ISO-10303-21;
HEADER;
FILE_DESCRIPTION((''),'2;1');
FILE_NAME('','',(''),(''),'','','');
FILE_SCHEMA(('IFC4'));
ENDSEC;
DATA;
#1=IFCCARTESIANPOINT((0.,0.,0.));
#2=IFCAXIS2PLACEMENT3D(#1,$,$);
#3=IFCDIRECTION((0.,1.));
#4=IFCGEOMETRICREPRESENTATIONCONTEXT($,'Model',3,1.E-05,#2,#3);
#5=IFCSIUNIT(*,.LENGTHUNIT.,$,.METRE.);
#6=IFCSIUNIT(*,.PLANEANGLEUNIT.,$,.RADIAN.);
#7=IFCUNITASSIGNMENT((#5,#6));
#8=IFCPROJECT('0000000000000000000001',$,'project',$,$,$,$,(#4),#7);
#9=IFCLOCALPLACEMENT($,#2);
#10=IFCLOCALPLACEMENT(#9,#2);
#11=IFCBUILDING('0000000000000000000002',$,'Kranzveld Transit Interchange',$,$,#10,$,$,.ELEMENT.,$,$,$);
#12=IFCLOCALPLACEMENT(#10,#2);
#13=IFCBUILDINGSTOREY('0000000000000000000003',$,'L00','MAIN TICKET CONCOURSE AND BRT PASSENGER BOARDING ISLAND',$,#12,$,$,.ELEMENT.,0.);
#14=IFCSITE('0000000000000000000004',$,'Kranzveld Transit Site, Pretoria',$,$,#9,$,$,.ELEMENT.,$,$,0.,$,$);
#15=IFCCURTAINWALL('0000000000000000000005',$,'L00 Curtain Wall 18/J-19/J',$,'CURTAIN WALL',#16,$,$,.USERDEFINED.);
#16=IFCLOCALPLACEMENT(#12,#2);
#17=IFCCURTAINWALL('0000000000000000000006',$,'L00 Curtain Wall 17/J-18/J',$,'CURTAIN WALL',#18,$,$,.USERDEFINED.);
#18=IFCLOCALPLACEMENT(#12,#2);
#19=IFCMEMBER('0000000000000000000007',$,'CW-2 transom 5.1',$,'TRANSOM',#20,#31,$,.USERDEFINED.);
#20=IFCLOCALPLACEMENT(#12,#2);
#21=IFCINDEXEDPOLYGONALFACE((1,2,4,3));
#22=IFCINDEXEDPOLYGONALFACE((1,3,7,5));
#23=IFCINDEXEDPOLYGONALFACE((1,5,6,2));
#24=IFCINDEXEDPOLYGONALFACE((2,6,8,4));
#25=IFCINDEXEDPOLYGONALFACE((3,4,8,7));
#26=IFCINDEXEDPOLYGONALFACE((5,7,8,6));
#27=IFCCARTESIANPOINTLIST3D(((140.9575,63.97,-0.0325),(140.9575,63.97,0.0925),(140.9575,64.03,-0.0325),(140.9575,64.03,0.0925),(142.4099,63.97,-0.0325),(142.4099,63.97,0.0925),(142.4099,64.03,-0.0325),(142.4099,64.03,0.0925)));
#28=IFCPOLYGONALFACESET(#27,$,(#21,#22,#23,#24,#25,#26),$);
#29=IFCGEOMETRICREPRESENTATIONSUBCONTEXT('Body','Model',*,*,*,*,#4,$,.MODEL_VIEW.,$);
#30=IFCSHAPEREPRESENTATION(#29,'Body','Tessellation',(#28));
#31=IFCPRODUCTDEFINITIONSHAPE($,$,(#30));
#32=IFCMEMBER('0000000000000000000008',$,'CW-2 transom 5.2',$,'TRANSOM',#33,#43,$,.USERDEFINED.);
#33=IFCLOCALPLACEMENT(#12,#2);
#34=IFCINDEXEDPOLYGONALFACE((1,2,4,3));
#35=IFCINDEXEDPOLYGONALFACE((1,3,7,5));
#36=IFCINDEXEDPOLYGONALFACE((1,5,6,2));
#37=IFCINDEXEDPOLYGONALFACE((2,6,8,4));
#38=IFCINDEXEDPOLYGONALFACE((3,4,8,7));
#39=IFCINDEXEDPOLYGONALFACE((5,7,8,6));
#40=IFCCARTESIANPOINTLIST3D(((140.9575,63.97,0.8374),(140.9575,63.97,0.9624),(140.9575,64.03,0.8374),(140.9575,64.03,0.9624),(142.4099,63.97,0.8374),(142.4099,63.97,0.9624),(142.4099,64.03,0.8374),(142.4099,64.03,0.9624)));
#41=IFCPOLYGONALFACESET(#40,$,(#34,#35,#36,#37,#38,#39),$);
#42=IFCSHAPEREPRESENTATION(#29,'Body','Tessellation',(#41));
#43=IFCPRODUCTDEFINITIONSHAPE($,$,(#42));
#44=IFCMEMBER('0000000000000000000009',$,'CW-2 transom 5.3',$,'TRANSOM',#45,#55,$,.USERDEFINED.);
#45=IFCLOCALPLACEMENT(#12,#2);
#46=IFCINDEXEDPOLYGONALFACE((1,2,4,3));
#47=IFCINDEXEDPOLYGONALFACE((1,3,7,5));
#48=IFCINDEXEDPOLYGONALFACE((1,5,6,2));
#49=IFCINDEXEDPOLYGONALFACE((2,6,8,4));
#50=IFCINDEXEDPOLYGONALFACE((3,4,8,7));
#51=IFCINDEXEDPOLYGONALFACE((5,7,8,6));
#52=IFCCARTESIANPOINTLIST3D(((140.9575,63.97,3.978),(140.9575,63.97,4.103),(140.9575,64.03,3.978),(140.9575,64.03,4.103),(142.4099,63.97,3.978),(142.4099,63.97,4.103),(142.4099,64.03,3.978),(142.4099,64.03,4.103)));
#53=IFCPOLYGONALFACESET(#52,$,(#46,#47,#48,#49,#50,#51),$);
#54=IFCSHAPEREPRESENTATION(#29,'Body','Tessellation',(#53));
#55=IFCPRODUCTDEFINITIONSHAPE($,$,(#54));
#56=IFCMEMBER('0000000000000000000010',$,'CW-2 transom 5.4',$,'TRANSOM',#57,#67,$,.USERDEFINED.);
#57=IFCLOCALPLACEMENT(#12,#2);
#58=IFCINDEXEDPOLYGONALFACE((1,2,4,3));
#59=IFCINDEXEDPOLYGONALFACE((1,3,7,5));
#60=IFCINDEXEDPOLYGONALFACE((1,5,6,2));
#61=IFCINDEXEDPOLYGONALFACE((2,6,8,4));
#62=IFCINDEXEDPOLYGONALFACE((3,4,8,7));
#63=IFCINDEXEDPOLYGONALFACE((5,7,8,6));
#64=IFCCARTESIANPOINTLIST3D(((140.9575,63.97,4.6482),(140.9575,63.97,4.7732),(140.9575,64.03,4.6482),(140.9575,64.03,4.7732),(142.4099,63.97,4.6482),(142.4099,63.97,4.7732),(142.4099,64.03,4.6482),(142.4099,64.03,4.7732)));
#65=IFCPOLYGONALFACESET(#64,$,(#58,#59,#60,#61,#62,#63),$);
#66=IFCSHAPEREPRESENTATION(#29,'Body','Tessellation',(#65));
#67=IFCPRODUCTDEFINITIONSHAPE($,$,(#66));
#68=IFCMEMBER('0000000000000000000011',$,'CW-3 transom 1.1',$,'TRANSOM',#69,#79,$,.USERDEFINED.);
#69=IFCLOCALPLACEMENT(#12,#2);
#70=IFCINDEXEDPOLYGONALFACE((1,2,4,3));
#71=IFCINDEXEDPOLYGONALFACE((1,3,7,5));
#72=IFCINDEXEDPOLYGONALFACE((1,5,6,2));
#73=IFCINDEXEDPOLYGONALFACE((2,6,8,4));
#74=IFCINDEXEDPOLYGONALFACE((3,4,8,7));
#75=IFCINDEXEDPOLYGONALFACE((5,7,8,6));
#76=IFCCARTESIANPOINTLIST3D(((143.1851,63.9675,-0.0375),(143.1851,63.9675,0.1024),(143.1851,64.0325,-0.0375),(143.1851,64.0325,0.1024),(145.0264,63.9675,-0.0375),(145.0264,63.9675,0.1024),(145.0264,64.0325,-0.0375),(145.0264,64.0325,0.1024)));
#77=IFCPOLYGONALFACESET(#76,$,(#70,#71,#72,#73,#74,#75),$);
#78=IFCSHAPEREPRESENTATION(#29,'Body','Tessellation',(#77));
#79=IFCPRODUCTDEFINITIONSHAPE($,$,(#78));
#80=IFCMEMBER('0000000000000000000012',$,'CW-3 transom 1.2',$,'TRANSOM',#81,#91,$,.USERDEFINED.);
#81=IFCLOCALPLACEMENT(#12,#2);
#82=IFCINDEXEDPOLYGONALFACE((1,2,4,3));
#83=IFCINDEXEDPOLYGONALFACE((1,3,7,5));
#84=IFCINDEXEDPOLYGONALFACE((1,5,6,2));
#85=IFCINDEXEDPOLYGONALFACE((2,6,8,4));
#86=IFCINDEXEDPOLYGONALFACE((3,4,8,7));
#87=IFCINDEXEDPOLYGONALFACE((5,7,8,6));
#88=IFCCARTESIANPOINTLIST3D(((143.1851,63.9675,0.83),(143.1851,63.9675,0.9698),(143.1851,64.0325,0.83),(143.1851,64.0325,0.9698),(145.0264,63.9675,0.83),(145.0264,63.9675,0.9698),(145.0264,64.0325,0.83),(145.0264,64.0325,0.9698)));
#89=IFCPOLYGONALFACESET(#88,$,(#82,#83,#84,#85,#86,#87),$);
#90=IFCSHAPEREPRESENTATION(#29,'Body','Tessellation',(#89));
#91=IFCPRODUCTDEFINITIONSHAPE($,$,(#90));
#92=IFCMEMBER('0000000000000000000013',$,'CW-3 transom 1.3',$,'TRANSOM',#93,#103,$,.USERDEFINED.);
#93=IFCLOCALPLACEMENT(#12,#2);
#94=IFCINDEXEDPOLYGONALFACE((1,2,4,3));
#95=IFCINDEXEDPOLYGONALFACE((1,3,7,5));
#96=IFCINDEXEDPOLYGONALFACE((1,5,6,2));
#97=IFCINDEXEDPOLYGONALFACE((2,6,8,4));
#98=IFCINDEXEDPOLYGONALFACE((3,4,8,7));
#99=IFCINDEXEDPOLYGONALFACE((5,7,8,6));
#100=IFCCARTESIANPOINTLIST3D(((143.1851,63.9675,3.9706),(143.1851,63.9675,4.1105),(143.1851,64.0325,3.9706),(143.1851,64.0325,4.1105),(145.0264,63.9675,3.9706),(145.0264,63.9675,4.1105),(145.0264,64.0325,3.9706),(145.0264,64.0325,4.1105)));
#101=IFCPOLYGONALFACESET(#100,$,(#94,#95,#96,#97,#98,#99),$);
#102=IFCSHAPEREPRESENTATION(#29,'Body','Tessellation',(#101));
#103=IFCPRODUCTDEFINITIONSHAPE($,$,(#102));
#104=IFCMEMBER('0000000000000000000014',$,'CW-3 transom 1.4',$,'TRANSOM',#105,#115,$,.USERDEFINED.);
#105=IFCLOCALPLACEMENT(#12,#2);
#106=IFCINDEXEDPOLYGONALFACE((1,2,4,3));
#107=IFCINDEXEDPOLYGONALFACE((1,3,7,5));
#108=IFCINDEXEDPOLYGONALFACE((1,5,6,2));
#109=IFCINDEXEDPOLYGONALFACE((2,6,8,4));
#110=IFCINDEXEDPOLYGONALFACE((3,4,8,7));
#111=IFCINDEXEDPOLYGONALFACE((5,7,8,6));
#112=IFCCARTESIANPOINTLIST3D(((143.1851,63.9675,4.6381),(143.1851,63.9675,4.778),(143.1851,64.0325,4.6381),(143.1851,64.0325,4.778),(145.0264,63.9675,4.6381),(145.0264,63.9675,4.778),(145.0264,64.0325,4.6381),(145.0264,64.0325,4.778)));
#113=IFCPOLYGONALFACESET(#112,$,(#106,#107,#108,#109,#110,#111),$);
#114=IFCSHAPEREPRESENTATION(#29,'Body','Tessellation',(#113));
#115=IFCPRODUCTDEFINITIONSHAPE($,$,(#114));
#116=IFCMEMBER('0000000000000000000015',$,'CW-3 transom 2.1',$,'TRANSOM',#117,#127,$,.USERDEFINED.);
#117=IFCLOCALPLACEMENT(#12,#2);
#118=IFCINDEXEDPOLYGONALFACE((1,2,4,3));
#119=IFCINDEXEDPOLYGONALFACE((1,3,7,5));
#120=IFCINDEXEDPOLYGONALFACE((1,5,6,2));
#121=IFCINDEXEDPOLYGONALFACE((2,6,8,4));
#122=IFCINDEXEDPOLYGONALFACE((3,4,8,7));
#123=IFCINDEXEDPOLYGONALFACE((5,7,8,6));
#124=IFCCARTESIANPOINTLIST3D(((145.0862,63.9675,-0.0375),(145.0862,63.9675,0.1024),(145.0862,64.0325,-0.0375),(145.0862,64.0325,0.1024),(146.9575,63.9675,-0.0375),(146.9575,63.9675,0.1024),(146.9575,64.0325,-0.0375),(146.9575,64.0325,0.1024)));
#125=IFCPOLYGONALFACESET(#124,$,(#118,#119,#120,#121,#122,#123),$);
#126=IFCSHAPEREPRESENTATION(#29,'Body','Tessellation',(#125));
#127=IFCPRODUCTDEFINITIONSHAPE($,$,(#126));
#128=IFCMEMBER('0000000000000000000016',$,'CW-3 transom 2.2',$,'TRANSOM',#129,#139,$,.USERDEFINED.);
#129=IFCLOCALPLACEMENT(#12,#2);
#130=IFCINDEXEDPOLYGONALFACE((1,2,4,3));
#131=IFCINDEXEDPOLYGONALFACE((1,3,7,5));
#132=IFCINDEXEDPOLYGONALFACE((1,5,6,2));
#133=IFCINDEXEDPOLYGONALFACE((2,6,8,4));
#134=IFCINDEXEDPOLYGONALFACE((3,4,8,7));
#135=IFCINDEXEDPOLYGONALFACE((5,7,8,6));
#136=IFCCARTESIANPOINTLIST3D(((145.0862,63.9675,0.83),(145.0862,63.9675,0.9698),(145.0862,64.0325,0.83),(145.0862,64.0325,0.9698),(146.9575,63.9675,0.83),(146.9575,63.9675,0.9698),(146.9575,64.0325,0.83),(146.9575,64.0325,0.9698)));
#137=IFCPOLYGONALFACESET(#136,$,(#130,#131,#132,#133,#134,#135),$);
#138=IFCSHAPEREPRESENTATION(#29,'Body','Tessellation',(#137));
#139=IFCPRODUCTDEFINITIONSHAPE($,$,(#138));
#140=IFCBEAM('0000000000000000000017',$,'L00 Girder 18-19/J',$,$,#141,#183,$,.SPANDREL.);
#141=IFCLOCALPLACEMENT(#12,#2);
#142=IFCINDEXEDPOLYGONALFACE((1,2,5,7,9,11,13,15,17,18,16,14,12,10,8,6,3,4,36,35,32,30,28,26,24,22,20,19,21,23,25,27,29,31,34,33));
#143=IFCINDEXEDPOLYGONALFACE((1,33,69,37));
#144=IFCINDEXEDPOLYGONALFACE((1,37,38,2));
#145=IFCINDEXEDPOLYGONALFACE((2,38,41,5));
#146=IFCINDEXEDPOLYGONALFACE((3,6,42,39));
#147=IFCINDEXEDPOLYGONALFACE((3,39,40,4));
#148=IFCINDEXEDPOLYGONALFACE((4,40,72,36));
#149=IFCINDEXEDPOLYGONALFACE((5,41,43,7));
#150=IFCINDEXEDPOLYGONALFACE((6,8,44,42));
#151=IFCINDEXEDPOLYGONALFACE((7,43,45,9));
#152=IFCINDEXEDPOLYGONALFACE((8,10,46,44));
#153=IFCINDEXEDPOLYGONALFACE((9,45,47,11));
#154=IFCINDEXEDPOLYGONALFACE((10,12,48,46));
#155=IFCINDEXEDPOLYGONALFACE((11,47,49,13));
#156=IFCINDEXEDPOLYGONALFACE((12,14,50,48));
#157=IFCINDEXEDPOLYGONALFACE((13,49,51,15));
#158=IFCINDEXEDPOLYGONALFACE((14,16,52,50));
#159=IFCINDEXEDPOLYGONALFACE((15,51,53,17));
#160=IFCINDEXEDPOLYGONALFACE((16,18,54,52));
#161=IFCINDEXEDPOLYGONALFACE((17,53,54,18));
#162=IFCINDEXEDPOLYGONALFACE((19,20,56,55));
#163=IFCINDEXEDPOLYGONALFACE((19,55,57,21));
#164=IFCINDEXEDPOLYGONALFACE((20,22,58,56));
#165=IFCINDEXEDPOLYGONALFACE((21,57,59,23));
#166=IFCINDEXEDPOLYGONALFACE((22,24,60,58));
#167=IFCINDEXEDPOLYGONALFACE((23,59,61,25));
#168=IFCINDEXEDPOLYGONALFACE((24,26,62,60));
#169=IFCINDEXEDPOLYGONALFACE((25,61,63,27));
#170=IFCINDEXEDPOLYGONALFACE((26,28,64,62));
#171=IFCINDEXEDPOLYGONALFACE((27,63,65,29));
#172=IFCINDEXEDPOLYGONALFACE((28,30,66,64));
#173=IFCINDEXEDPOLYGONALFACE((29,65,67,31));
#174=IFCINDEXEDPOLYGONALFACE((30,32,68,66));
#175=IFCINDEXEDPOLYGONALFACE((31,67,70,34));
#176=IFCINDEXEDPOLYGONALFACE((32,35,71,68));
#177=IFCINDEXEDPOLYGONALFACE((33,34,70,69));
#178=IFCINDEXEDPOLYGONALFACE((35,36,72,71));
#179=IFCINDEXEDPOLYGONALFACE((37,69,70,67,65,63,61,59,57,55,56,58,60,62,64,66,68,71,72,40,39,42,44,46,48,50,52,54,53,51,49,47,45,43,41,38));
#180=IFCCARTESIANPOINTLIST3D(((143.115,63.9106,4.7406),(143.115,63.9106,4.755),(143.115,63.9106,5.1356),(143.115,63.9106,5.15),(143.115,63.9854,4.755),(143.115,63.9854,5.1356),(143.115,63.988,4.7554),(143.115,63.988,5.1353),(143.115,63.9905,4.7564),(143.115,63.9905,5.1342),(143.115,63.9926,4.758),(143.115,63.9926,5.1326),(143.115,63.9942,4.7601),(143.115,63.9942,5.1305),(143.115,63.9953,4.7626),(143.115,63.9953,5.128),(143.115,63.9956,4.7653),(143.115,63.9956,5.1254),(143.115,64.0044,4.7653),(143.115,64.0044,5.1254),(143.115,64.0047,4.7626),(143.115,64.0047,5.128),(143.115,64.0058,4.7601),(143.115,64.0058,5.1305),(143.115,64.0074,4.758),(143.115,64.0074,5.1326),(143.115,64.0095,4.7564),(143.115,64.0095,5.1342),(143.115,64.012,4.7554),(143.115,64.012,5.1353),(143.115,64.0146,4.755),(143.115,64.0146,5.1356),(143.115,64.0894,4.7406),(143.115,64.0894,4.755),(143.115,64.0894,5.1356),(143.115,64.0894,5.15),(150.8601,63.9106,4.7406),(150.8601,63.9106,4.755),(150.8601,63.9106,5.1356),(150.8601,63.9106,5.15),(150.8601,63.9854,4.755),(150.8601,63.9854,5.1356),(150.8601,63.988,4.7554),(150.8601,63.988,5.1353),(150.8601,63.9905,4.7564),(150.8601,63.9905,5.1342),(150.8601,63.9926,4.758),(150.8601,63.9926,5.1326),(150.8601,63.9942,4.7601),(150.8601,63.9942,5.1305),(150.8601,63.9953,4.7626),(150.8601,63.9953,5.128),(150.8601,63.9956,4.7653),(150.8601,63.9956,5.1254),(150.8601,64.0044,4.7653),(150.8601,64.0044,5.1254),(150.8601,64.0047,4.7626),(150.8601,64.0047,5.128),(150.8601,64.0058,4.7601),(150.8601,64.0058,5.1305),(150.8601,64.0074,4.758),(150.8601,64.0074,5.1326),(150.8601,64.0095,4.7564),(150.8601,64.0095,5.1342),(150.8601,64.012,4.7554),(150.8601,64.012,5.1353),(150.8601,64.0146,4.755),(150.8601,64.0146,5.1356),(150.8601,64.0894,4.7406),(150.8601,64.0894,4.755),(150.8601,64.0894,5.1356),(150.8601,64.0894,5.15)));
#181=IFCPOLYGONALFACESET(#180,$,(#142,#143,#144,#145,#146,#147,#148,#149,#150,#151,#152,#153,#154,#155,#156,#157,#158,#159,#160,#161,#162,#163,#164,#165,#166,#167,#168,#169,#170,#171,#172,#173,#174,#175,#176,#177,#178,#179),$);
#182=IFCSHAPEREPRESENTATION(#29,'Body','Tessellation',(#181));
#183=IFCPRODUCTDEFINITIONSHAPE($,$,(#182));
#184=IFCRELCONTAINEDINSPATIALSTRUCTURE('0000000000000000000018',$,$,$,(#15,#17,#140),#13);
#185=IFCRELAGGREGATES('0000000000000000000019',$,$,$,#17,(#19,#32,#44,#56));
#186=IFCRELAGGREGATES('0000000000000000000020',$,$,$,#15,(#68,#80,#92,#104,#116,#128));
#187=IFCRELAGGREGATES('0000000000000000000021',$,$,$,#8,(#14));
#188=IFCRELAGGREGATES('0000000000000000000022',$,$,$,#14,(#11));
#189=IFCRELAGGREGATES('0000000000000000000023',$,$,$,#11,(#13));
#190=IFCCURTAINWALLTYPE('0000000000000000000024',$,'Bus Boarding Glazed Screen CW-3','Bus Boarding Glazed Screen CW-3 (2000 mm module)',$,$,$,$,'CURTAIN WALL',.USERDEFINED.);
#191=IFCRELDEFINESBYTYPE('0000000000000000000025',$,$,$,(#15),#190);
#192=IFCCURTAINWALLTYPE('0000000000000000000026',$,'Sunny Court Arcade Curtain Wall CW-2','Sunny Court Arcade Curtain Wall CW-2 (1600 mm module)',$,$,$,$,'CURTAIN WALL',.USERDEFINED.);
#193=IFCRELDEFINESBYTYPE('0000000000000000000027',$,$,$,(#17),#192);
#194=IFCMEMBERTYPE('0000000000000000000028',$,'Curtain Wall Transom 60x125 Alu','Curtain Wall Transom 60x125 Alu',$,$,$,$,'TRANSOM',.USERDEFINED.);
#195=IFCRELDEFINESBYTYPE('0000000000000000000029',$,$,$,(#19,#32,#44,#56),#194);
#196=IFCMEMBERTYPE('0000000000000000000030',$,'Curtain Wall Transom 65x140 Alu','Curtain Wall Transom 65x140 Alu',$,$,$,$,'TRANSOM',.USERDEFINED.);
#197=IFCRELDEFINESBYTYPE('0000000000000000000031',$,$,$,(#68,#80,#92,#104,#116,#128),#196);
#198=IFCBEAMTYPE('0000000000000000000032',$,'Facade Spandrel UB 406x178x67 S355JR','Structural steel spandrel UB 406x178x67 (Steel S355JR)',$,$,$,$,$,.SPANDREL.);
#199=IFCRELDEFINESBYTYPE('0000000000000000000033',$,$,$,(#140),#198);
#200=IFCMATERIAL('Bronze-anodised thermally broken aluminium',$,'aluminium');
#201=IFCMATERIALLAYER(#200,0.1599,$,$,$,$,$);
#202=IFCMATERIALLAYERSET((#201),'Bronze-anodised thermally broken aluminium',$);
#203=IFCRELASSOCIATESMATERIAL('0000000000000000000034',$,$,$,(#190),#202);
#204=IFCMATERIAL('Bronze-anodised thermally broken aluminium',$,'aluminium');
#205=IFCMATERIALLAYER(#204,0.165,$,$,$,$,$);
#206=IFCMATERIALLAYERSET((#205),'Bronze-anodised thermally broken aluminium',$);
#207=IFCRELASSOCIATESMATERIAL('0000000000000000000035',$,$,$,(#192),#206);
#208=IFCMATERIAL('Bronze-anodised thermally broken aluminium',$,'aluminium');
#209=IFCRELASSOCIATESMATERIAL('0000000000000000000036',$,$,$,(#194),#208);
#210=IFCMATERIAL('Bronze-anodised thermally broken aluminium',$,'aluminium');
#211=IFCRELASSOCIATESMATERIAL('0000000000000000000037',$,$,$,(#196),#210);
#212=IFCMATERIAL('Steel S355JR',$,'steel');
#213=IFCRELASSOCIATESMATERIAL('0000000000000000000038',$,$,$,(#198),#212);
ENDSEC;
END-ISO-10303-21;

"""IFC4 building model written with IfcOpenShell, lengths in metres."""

from ifc_helpers import new_model, si_unit, direction, frame, origin, origin_2d, place, context, subcontext, project, spatial, rectangle, i_section, extrude, material, layer, layer_set, material_profile, profile_set, type_object, element, aggregate, save


model = new_model("IFC4")

# Units and contexts
model_context = context("Model", 3, precision=1e-05, world=origin(), true_north=direction((0.0, 1.0)))
body_context = subcontext(model_context, "Body", "Model", "MODEL_VIEW")
ifc_project = project(units=[si_unit("LENGTHUNIT", "METRE"), si_unit("PLANEANGLEUNIT", "RADIAN")], contexts=[model_context])

# Site, building, storey
site_placement = place(None, origin())
site = spatial("IfcSite", under=ifc_project, at=site_placement, Name="Kranzveld Transit Site, Pretoria", CompositionType="ELEMENT", RefElevation=0.0)
building_placement = place(site_placement, origin())
building = spatial("IfcBuilding", under=site, at=building_placement, Name="Kranzveld Transit Interchange", CompositionType="ELEMENT")
storey_placement = place(building_placement, origin())
storey = spatial("IfcBuildingStorey", under=building, at=storey_placement, Name="L00", Description="MAIN TICKET CONCOURSE AND BRT PASSENGER BOARDING ISLAND", CompositionType="ELEMENT", Elevation=0.0)

# Curtain walls, members
ifc_material_1 = material(Name="Bronze-anodised thermally broken aluminium", Category="aluminium")
ifc_layer_1 = layer(ifc_material_1, 0.1599)
ifc_layer_set_1 = layer_set([ifc_layer_1], Name="Bronze-anodised thermally broken aluminium")
curtain_wall_type_1 = type_object("IfcCurtainWallType", Name="Bus Boarding Glazed Screen CW-3", Description="Bus Boarding Glazed Screen CW-3 (2000 mm module)", ElementType="CURTAIN WALL", PredefinedType="USERDEFINED", material=ifc_layer_set_1)
curtain_wall_1_placement = place(storey_placement, origin())
curtain_wall_1 = element("IfcCurtainWall", 1, at=curtain_wall_1_placement, inside=storey, type_object=curtain_wall_type_1, Name="L00 Curtain Wall 18/J-19/J", ObjectType="CURTAIN WALL", PredefinedType="USERDEFINED")
ifc_material_2 = material(Name="Bronze-anodised thermally broken aluminium", Category="aluminium")
ifc_layer_2 = layer(ifc_material_2, 0.165)
ifc_layer_set_2 = layer_set([ifc_layer_2], Name="Bronze-anodised thermally broken aluminium")
curtain_wall_type_2 = type_object("IfcCurtainWallType", Name="Sunny Court Arcade Curtain Wall CW-2", Description="Sunny Court Arcade Curtain Wall CW-2 (1600 mm module)", ElementType="CURTAIN WALL", PredefinedType="USERDEFINED", material=ifc_layer_set_2)
curtain_wall_2_placement = place(storey_placement, origin())
curtain_wall_2 = element("IfcCurtainWall", 2, at=curtain_wall_2_placement, inside=storey, type_object=curtain_wall_type_2, Name="L00 Curtain Wall 17/J-18/J", ObjectType="CURTAIN WALL", PredefinedType="USERDEFINED")
ifc_material_3 = material(Name="Bronze-anodised thermally broken aluminium", Category="aluminium")
ifc_material_profile_1 = material_profile(ifc_material_3, rectangle(XDim=0.0601, YDim=0.125, at=origin_2d()), Name="ALU TRANSOM 60x125")
ifc_profile_set_1 = profile_set([ifc_material_profile_1], Name="Bronze-anodised thermally broken aluminium")
member_type_1 = type_object("IfcMemberType", Name="Curtain Wall Transom 60x125 Alu", Description="Curtain Wall Transom 60x125 Alu", ElementType="TRANSOM", PredefinedType="USERDEFINED", material=ifc_profile_set_1)
member_1_placement = place(storey_placement, frame((140.9575, 64.0, 0.03), z_axis=(1.0, 0.0, 0.0), x_axis=(0.0, 1.0, 0.0)))
member_1 = element("IfcMember", 3, at=member_1_placement, type_object=member_type_1, Name="CW-2 transom 5.1", ObjectType="TRANSOM", PredefinedType="USERDEFINED", context=body_context, shape_type="SweptSolid", body=[
    extrude(rectangle(XDim=0.0601, YDim=0.125, at=origin_2d()), origin(), (0.0, 0.0, 1.0), 1.4524),
])
member_2_placement = place(storey_placement, frame((140.9575, 64.0, 0.8999), z_axis=(1.0, 0.0, 0.0), x_axis=(0.0, 1.0, 0.0)))
member_2 = element("IfcMember", 4, at=member_2_placement, type_object=member_type_1, Name="CW-2 transom 5.2", ObjectType="TRANSOM", PredefinedType="USERDEFINED", context=body_context, shape_type="SweptSolid", body=[
    extrude(rectangle(XDim=0.0601, YDim=0.125, at=origin_2d()), origin(), (0.0, 0.0, 1.0), 1.4524),
])
member_3_placement = place(storey_placement, frame((140.9575, 64.0, 4.0405), z_axis=(1.0, 0.0, 0.0), x_axis=(0.0, 1.0, 0.0)))
member_3 = element("IfcMember", 5, at=member_3_placement, type_object=member_type_1, Name="CW-2 transom 5.3", ObjectType="TRANSOM", PredefinedType="USERDEFINED", context=body_context, shape_type="SweptSolid", body=[
    extrude(rectangle(XDim=0.0601, YDim=0.125, at=origin_2d()), origin(), (0.0, 0.0, 1.0), 1.4524),
])
member_4_placement = place(storey_placement, frame((140.9575, 64.0, 4.7107), z_axis=(1.0, 0.0, 0.0), x_axis=(0.0, 1.0, 0.0)))
member_4 = element("IfcMember", 6, at=member_4_placement, type_object=member_type_1, Name="CW-2 transom 5.4", ObjectType="TRANSOM", PredefinedType="USERDEFINED", context=body_context, shape_type="SweptSolid", body=[
    extrude(rectangle(XDim=0.0601, YDim=0.125, at=origin_2d()), origin(), (0.0, 0.0, 1.0), 1.4524),
])

# Members
ifc_material_4 = material(Name="Bronze-anodised thermally broken aluminium", Category="aluminium")
ifc_material_profile_2 = material_profile(ifc_material_4, rectangle(XDim=0.0649, YDim=0.1399, at=origin_2d()), Name="ALU TRANSOM 65x140")
ifc_profile_set_2 = profile_set([ifc_material_profile_2], Name="Bronze-anodised thermally broken aluminium")
member_type_2 = type_object("IfcMemberType", Name="Curtain Wall Transom 65x140 Alu", Description="Curtain Wall Transom 65x140 Alu", ElementType="TRANSOM", PredefinedType="USERDEFINED", material=ifc_profile_set_2)
member_5_placement = place(storey_placement, frame((143.1851, 64.0, 0.0325), z_axis=(1.0, 0.0, 0.0), x_axis=(0.0, 1.0, 0.0)))
member_5 = element("IfcMember", 7, at=member_5_placement, type_object=member_type_2, Name="CW-3 transom 1.1", ObjectType="TRANSOM", PredefinedType="USERDEFINED", context=body_context, shape_type="SweptSolid", body=[
    extrude(rectangle(XDim=0.0649, YDim=0.1399, at=origin_2d()), origin(), (0.0, 0.0, 1.0), 1.8413),
])
member_6_placement = place(storey_placement, frame((143.1851, 64.0, 0.8999), z_axis=(1.0, 0.0, 0.0), x_axis=(0.0, 1.0, 0.0)))
member_6 = element("IfcMember", 8, at=member_6_placement, type_object=member_type_2, Name="CW-3 transom 1.2", ObjectType="TRANSOM", PredefinedType="USERDEFINED", context=body_context, shape_type="SweptSolid", body=[
    extrude(rectangle(XDim=0.0649, YDim=0.1399, at=origin_2d()), origin(), (0.0, 0.0, 1.0), 1.8413),
])
member_7_placement = place(storey_placement, frame((143.1851, 64.0, 4.0405), z_axis=(1.0, 0.0, 0.0), x_axis=(0.0, 1.0, 0.0)))
member_7 = element("IfcMember", 9, at=member_7_placement, type_object=member_type_2, Name="CW-3 transom 1.3", ObjectType="TRANSOM", PredefinedType="USERDEFINED", context=body_context, shape_type="SweptSolid", body=[
    extrude(rectangle(XDim=0.0649, YDim=0.1399, at=origin_2d()), origin(), (0.0, 0.0, 1.0), 1.8413),
])
member_8_placement = place(storey_placement, frame((143.1851, 64.0, 4.708), z_axis=(1.0, 0.0, 0.0), x_axis=(0.0, 1.0, 0.0)))
member_8 = element("IfcMember", 10, at=member_8_placement, type_object=member_type_2, Name="CW-3 transom 1.4", ObjectType="TRANSOM", PredefinedType="USERDEFINED", context=body_context, shape_type="SweptSolid", body=[
    extrude(rectangle(XDim=0.0649, YDim=0.1399, at=origin_2d()), origin(), (0.0, 0.0, 1.0), 1.8413),
])
member_9_placement = place(storey_placement, frame((145.0862, 64.0, 0.0325), z_axis=(1.0, 0.0, 0.0), x_axis=(0.0, 1.0, 0.0)))
member_9 = element("IfcMember", 11, at=member_9_placement, type_object=member_type_2, Name="CW-3 transom 2.1", ObjectType="TRANSOM", PredefinedType="USERDEFINED", context=body_context, shape_type="SweptSolid", body=[
    extrude(rectangle(XDim=0.0649, YDim=0.1399, at=origin_2d()), origin(), (0.0, 0.0, 1.0), 1.8713),
])
member_10_placement = place(storey_placement, frame((145.0862, 64.0, 0.8999), z_axis=(1.0, 0.0, 0.0), x_axis=(0.0, 1.0, 0.0)))
member_10 = element("IfcMember", 12, at=member_10_placement, type_object=member_type_2, Name="CW-3 transom 2.2", ObjectType="TRANSOM", PredefinedType="USERDEFINED", context=body_context, shape_type="SweptSolid", body=[
    extrude(rectangle(XDim=0.0649, YDim=0.1399, at=origin_2d()), origin(), (0.0, 0.0, 1.0), 1.8713),
])

# Beam
ifc_material_5 = material(Name="Steel S355JR", Category="steel")
ifc_material_profile_3 = material_profile(ifc_material_5, i_section(OverallWidth=0.1787, OverallDepth=0.4094, WebThickness=0.0088, FlangeThickness=0.0144, FilletRadius=0.0103, at=origin_2d()), Name="UB 406x178x67")
ifc_profile_set_3 = profile_set([ifc_material_profile_3], Name="Steel S355JR")
beam_type = type_object("IfcBeamType", Name="Facade Spandrel UB 406x178x67 S355JR", Description="Structural steel spandrel UB 406x178x67 (Steel S355JR)", PredefinedType="SPANDREL", material=ifc_profile_set_3)
beam_placement = place(storey_placement, frame((143.115, 64.0, 4.9453), z_axis=(1.0, 0.0, 0.0), x_axis=(0.0, 1.0, 0.0)))
element("IfcBeam", 13, at=beam_placement, inside=storey, type_object=beam_type, Name="L00 Girder 18-19/J", PredefinedType="SPANDREL", context=body_context, shape_type="SweptSolid", body=[
    extrude(i_section(OverallWidth=0.1787, OverallDepth=0.4094, WebThickness=0.0088, FlangeThickness=0.0144, FilletRadius=0.0103, at=origin_2d()), origin(), (0.0, 0.0, 1.0), 7.7451),
])

aggregate(curtain_wall_2, [member_1, member_2, member_3, member_4])
aggregate(curtain_wall_1, [member_5, member_6, member_7, member_8, member_9, member_10])

save(model, "model.ifc")
